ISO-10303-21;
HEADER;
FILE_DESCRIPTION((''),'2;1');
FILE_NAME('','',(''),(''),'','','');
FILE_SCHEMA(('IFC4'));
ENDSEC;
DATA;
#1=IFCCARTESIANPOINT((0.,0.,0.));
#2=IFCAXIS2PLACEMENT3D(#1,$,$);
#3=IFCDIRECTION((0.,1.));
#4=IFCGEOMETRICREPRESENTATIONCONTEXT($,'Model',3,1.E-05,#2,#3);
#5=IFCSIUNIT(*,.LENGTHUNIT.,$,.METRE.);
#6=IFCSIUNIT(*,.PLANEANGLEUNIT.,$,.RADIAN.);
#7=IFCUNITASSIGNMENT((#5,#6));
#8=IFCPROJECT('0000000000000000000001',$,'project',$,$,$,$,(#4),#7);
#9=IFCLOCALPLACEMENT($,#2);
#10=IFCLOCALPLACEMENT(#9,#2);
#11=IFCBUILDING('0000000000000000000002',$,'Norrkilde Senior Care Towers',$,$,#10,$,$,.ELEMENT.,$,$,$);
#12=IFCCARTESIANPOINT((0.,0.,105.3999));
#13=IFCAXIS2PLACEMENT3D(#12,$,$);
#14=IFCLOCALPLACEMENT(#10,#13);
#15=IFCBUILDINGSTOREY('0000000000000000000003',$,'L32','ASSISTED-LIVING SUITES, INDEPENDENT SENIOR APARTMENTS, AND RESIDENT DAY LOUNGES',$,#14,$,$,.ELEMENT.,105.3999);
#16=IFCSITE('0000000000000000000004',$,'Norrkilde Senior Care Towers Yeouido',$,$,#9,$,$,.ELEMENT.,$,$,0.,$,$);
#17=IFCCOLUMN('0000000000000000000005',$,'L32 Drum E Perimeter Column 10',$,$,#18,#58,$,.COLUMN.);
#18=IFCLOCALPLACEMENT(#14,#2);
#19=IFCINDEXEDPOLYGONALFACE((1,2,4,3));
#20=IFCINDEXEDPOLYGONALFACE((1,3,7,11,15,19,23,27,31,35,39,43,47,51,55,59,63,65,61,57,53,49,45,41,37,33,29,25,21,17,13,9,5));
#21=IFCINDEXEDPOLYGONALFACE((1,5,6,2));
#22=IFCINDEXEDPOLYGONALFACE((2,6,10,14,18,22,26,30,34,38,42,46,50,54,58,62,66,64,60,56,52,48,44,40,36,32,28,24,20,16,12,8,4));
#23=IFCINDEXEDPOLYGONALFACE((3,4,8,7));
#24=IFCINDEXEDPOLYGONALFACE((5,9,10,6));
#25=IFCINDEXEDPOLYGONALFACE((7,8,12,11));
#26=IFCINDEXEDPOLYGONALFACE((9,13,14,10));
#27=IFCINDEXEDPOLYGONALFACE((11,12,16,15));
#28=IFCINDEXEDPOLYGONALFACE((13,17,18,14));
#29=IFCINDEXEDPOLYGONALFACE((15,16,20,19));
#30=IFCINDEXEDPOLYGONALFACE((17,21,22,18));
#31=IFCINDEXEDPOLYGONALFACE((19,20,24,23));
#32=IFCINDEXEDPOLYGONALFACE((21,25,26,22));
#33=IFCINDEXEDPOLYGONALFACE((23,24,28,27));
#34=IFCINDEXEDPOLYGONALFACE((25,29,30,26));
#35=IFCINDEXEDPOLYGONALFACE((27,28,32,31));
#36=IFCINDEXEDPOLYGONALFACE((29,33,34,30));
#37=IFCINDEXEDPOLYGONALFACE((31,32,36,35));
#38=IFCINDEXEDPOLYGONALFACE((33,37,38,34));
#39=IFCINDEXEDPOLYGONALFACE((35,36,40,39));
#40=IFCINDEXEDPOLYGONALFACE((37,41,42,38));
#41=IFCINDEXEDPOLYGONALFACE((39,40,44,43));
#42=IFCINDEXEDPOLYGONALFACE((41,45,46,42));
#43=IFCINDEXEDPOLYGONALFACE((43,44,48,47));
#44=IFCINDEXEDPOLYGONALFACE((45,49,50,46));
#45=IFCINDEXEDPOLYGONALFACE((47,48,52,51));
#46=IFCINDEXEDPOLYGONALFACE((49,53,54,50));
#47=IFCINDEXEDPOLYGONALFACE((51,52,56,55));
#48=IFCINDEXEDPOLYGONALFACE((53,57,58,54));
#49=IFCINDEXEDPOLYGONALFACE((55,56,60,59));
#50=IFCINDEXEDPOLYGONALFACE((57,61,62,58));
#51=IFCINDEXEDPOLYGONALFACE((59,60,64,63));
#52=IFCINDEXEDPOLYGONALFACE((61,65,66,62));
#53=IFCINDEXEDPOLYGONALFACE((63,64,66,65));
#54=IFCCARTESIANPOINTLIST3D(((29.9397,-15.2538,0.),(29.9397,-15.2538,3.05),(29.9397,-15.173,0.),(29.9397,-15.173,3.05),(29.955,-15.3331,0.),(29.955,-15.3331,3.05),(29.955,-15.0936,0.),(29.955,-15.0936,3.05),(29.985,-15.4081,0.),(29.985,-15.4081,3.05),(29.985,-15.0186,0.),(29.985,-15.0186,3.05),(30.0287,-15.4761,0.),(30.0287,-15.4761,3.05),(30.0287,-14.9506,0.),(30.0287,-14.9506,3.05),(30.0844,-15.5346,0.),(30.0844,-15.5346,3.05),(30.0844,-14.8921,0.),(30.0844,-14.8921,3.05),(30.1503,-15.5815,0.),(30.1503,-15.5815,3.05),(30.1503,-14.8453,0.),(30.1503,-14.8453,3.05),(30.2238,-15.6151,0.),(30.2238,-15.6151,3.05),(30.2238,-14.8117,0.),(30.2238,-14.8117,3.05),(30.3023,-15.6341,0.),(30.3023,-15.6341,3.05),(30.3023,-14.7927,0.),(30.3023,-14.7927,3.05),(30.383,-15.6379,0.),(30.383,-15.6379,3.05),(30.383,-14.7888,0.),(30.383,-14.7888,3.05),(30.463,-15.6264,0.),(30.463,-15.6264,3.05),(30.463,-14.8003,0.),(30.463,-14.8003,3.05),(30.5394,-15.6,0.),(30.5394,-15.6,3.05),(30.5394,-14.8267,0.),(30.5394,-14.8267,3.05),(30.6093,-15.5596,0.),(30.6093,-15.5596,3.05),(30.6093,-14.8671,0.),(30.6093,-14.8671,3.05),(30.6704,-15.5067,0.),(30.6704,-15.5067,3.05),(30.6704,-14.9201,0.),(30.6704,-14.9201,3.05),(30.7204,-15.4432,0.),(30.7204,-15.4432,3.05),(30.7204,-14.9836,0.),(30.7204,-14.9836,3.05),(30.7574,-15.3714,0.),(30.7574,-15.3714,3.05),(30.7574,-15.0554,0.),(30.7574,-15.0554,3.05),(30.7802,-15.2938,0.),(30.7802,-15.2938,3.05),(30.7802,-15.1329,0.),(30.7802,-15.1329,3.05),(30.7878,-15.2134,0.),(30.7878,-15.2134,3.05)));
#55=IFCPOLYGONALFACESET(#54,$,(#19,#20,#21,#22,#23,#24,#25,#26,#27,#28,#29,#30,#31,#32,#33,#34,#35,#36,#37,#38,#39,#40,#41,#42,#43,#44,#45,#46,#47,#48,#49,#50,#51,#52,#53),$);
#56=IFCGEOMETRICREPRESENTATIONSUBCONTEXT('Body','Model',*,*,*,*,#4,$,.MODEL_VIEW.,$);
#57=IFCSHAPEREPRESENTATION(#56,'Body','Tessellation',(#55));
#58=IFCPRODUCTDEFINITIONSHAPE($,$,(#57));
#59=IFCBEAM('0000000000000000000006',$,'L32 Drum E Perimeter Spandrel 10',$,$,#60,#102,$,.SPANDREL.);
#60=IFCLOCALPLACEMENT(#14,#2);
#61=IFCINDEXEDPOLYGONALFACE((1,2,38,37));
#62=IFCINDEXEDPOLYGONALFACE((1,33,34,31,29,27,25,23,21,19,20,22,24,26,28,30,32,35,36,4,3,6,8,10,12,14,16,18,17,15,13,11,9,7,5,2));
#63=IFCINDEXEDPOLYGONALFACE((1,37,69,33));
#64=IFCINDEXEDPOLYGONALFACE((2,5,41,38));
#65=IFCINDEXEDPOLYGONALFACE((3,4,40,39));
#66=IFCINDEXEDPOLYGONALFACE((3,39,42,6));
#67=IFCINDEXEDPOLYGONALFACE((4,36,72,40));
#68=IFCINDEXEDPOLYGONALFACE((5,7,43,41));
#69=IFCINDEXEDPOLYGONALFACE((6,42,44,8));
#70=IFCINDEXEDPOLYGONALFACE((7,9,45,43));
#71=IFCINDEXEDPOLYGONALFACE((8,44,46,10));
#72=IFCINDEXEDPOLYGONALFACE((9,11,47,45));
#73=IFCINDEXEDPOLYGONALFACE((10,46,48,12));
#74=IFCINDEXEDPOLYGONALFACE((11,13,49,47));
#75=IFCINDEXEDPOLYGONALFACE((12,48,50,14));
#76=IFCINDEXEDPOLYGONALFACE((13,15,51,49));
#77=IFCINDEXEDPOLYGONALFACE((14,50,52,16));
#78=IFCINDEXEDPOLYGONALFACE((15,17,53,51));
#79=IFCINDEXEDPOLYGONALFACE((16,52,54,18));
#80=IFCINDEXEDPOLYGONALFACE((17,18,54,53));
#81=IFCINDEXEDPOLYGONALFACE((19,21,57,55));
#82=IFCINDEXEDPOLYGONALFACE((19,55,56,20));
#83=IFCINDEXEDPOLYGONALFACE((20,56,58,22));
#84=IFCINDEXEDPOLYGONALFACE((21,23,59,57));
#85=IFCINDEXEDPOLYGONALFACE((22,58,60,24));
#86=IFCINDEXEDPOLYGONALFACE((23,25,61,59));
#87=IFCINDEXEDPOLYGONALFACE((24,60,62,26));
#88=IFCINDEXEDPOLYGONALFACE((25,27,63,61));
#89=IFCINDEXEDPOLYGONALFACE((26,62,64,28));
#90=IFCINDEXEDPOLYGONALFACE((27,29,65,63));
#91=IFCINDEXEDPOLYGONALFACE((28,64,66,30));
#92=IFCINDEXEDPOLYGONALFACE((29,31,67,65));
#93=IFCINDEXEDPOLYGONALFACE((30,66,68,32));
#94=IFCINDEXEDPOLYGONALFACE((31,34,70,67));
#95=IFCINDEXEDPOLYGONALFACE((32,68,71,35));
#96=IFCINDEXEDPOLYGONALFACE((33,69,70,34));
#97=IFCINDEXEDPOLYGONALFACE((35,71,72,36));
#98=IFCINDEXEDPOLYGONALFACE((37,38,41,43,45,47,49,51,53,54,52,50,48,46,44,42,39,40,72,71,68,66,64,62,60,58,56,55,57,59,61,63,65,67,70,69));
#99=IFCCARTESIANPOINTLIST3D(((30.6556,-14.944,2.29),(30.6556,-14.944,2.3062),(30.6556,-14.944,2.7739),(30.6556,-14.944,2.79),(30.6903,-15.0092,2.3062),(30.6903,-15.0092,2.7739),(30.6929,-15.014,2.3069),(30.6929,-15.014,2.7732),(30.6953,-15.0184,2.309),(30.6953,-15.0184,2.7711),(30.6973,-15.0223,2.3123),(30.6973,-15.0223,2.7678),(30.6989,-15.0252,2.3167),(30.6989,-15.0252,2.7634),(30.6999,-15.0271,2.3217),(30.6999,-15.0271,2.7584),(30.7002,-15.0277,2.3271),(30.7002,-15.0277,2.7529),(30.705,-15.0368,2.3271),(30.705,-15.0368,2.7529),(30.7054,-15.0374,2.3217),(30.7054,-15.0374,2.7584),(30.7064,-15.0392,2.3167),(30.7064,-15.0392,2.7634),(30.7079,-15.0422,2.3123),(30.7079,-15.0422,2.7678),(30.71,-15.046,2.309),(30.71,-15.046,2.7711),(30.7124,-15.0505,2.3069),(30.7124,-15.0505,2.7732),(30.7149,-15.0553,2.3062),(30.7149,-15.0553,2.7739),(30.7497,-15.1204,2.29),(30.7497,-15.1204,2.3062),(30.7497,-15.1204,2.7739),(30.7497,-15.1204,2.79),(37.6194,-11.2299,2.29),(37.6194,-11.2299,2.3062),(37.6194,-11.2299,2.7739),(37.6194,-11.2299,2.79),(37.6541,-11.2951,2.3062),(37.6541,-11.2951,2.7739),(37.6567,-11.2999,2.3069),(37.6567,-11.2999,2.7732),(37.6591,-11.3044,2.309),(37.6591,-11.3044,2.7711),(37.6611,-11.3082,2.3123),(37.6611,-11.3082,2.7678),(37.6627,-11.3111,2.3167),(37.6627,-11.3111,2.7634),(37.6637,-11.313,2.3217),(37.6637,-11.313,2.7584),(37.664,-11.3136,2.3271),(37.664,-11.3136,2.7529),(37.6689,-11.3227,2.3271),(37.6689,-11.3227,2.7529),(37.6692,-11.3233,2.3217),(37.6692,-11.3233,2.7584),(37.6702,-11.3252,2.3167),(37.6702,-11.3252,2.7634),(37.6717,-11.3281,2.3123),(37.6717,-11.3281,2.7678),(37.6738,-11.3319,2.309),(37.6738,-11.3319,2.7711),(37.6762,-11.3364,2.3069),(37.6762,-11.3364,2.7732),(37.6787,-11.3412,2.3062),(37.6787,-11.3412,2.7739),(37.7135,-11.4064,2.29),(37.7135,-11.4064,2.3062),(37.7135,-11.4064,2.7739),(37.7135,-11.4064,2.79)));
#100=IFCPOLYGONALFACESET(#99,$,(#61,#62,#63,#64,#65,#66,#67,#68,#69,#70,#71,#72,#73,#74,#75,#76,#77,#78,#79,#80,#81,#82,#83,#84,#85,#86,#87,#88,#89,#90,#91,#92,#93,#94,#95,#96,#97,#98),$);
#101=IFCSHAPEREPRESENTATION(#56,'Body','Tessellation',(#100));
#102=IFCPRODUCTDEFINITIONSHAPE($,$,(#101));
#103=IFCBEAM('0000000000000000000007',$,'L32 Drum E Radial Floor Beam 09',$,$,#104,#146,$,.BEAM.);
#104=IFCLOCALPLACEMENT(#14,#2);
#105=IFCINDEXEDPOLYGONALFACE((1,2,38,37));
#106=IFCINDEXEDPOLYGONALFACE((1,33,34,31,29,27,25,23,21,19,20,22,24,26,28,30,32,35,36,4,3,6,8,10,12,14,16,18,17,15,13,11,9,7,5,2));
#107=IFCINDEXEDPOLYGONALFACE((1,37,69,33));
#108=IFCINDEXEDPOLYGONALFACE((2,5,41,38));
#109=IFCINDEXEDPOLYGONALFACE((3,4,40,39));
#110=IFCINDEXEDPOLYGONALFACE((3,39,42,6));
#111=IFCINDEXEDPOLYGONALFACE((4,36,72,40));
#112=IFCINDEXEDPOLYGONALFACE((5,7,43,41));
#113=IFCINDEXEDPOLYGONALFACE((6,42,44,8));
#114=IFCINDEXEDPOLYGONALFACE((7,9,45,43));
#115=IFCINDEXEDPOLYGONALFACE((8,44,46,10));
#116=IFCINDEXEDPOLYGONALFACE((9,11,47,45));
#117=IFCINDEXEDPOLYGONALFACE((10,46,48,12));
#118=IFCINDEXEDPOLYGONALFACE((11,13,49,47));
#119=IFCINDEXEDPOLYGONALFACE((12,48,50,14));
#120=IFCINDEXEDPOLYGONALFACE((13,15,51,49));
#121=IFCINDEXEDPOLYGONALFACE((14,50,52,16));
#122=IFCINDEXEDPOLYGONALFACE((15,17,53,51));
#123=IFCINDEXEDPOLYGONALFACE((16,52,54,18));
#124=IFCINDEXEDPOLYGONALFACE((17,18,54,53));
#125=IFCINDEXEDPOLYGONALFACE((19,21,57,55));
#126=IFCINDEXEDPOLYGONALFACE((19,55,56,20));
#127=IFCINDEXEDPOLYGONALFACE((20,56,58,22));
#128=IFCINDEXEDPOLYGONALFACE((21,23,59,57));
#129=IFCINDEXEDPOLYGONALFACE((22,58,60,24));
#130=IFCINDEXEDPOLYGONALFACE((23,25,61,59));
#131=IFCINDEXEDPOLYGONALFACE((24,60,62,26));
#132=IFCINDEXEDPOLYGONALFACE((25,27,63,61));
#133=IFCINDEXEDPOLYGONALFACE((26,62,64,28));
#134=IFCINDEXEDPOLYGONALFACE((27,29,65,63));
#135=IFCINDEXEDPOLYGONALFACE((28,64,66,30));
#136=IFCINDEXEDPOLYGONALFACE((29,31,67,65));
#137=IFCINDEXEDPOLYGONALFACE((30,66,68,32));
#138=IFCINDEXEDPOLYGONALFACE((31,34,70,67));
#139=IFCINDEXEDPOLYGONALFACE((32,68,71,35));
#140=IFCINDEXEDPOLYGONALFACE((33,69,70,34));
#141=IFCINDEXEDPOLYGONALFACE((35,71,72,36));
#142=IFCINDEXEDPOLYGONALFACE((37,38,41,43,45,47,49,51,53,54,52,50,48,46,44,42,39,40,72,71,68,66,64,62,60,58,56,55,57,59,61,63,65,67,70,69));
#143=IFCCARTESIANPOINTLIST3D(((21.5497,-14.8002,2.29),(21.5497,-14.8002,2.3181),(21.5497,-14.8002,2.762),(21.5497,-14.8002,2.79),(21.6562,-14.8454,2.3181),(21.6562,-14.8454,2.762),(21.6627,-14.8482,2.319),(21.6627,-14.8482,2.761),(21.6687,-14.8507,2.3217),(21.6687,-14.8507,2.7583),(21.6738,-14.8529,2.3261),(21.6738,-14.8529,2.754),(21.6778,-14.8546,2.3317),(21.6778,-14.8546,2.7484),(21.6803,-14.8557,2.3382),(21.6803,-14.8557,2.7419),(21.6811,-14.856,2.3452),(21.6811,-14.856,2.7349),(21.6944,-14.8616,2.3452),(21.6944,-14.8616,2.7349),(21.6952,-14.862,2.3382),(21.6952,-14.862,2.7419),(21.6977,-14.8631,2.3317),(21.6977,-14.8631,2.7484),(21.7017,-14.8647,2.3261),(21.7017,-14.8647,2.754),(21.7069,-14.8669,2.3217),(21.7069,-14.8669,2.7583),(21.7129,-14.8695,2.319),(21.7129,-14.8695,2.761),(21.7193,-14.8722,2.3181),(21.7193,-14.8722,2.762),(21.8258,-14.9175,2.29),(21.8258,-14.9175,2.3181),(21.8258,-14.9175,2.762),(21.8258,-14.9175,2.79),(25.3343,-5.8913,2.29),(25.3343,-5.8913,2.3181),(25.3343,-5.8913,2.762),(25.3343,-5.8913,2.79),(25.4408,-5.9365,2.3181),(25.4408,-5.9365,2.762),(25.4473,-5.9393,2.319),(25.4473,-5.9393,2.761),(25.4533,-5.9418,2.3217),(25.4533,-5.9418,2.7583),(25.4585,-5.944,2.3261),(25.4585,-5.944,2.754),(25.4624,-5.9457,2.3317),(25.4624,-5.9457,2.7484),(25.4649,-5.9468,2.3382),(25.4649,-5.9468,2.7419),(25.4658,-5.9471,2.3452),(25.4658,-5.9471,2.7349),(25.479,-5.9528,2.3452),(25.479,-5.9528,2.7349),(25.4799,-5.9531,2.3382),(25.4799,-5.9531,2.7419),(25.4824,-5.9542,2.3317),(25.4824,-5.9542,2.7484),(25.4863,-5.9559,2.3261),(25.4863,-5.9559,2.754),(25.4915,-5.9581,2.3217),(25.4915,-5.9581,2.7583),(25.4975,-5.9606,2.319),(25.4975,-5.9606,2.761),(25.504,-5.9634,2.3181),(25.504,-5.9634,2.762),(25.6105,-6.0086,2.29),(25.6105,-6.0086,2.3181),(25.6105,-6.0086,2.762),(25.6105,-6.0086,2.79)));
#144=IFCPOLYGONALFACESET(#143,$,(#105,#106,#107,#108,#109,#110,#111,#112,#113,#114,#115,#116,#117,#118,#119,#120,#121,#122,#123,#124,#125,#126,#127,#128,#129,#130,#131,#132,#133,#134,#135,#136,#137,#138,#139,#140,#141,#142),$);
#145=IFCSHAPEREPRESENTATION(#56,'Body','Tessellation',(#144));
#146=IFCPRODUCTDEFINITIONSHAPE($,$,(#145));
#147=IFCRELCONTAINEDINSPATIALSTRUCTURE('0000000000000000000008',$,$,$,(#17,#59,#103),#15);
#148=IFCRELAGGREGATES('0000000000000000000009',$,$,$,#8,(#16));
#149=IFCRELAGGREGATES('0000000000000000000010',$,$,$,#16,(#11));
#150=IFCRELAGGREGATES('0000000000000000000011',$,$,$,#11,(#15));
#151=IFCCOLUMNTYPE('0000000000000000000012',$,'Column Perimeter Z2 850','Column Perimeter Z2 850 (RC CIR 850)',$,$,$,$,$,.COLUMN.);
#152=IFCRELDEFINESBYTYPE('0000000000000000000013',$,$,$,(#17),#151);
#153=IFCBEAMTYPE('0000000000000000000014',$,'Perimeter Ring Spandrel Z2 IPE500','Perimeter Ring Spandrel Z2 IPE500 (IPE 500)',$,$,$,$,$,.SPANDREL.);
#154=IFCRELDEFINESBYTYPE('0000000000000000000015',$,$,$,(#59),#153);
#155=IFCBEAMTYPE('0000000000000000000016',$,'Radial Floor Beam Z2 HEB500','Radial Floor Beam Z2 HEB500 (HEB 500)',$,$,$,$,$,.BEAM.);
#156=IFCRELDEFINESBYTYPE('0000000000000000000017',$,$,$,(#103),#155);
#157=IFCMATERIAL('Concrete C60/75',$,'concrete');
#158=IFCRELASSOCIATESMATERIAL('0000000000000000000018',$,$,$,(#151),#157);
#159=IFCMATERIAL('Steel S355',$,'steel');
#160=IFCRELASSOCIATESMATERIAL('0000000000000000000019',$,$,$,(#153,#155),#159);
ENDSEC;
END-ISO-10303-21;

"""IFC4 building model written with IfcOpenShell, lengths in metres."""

from ifc_helpers import new_model, si_unit, direction, frame, origin, origin_2d, place, context, subcontext, project, spatial, circle, i_section, extrude, source, transform, mapped, material, material_profile, profile_set, type_object, type_shapes, element, save


model = new_model("IFC4")

# Units and contexts
model_context = context("Model", 3, precision=1e-05, world=origin(), true_north=direction((0.0, 1.0)))
body_context = subcontext(model_context, "Body", "Model", "MODEL_VIEW")
ifc_project = project(units=[si_unit("LENGTHUNIT", "METRE"), si_unit("PLANEANGLEUNIT", "RADIAN")], contexts=[model_context])

# Site, building, storey
site_placement = place(None, origin())
site = spatial("IfcSite", under=ifc_project, at=site_placement, Name="Norrkilde Senior Care Towers Yeouido", CompositionType="ELEMENT", RefElevation=0.0)
building_placement = place(site_placement, origin())
building = spatial("IfcBuilding", under=site, at=building_placement, Name="Norrkilde Senior Care Towers", CompositionType="ELEMENT")
storey_placement = place(building_placement, frame((0.0, 0.0, 105.3999)))
storey = spatial("IfcBuildingStorey", under=building, at=storey_placement, Name="L32", Description="ASSISTED-LIVING SUITES, INDEPENDENT SENIOR APARTMENTS, AND RESIDENT DAY LOUNGES", CompositionType="ELEMENT", Elevation=105.3999)

# Column
ifc_material_1 = material(Name="Concrete C60/75", Category="concrete")
ifc_material_profile_1 = material_profile(ifc_material_1, circle(Radius=0.425, at=origin_2d()), Name="RC CIR 850")
ifc_profile_set_1 = profile_set([ifc_material_profile_1], Name="Concrete C60/75")
column_type = type_object("IfcColumnType", Name="Column Perimeter Z2 850", Description="Column Perimeter Z2 850 (RC CIR 850)", PredefinedType="COLUMN", material=ifc_profile_set_1)
shared_shape_1 = source(origin(), body_context, "Body", "SweptSolid", [
    extrude(circle(Radius=0.425, at=origin_2d()), origin(), (0.0, 0.0, 1.0), 3.05),
])
type_shapes(column_type, [shared_shape_1])
column_placement = place(storey_placement, frame((30.3628, -15.2134, 0.0), z_axis=(0.0, 0.0, 1.0), x_axis=(1.0, 0.0, 0.0)))
element("IfcColumn", 1, at=column_placement, inside=storey, type_object=column_type, Name="L32 Drum E Perimeter Column 10", PredefinedType="COLUMN", context=body_context, shape_type="MappedRepresentation", body=[
    mapped(shared_shape_1, transform((0.0, 0.0, 0.0), x_axis=(1.0, 0.0, 0.0), y_axis=(0.0, 1.0, 0.0), z_axis=(0.0, 0.0, 1.0), scale=1.0)),
])

# Beams
ifc_material_2 = material(Name="Steel S355", Category="steel")
ifc_material_profile_2 = material_profile(ifc_material_2, i_section(OverallWidth=0.2, OverallDepth=0.5, WebThickness=0.0103, FlangeThickness=0.0161, FilletRadius=0.021, at=origin_2d()), Name="IPE 500")
ifc_profile_set_2 = profile_set([ifc_material_profile_2], Name="Steel S355")
beam_type_1 = type_object("IfcBeamType", Name="Perimeter Ring Spandrel Z2 IPE500", Description="Perimeter Ring Spandrel Z2 IPE500 (IPE 500)", PredefinedType="SPANDREL", material=ifc_profile_set_2)
shared_shape_2 = source(origin(), body_context, "Body", "SweptSolid", [
    extrude(i_section(OverallWidth=0.2, OverallDepth=0.5, WebThickness=0.0103, FlangeThickness=0.0161, FilletRadius=0.021, at=origin_2d()), origin(), (0.0, 0.0, 1.0), 7.8923),
])
type_shapes(beam_type_1, [shared_shape_2])
beam_1_placement = place(storey_placement, frame((30.7026, -15.0322, 2.54), z_axis=(0.88235, 0.470593, 0.0), x_axis=(-0.470593, 0.88235, 0.0)))
element("IfcBeam", 2, at=beam_1_placement, inside=storey, type_object=beam_type_1, Name="L32 Drum E Perimeter Spandrel 10", PredefinedType="SPANDREL", context=body_context, shape_type="MappedRepresentation", body=[
    mapped(shared_shape_2, transform((0.0, 0.0, 0.0), x_axis=(1.0, 0.0, 0.0), y_axis=(0.0, 1.0, 0.0), z_axis=(0.0, 0.0, 1.0), scale=1.0)),
])
ifc_material_profile_3 = material_profile(ifc_material_2, i_section(OverallWidth=0.3, OverallDepth=0.5, WebThickness=0.0144, FlangeThickness=0.0281, FilletRadius=0.0271, at=origin_2d()), Name="HEB 500")
ifc_profile_set_3 = profile_set([ifc_material_profile_3], Name="Steel S355")
beam_type_2 = type_object("IfcBeamType", Name="Radial Floor Beam Z2 HEB500", Description="Radial Floor Beam Z2 HEB500 (HEB 500)", PredefinedType="BEAM", material=ifc_profile_set_3)
shared_shape_3 = source(origin(), body_context, "Body", "SweptSolid", [
    extrude(i_section(OverallWidth=0.3, OverallDepth=0.5, WebThickness=0.0144, FlangeThickness=0.0281, FilletRadius=0.0271, at=origin_2d()), origin(), (0.0, 0.0, 1.0), 9.6794),
])
beam_2_placement = place(storey_placement, frame((25.4724, -5.95, 2.54), z_axis=(-0.390998, -0.920392, 0.0), x_axis=(0.920392, -0.390998, 0.0)))
element("IfcBeam", 3, at=beam_2_placement, inside=storey, type_object=beam_type_2, Name="L32 Drum E Radial Floor Beam 09", PredefinedType="BEAM", context=body_context, shape_type="MappedRepresentation", body=[
    mapped(shared_shape_3, transform((0.0, 0.0, 0.0), x_axis=(1.0, 0.0, 0.0), y_axis=(0.0, 1.0, 0.0), z_axis=(0.0, 0.0, 1.0), scale=1.0)),
])

save(model, "model.ifc")
